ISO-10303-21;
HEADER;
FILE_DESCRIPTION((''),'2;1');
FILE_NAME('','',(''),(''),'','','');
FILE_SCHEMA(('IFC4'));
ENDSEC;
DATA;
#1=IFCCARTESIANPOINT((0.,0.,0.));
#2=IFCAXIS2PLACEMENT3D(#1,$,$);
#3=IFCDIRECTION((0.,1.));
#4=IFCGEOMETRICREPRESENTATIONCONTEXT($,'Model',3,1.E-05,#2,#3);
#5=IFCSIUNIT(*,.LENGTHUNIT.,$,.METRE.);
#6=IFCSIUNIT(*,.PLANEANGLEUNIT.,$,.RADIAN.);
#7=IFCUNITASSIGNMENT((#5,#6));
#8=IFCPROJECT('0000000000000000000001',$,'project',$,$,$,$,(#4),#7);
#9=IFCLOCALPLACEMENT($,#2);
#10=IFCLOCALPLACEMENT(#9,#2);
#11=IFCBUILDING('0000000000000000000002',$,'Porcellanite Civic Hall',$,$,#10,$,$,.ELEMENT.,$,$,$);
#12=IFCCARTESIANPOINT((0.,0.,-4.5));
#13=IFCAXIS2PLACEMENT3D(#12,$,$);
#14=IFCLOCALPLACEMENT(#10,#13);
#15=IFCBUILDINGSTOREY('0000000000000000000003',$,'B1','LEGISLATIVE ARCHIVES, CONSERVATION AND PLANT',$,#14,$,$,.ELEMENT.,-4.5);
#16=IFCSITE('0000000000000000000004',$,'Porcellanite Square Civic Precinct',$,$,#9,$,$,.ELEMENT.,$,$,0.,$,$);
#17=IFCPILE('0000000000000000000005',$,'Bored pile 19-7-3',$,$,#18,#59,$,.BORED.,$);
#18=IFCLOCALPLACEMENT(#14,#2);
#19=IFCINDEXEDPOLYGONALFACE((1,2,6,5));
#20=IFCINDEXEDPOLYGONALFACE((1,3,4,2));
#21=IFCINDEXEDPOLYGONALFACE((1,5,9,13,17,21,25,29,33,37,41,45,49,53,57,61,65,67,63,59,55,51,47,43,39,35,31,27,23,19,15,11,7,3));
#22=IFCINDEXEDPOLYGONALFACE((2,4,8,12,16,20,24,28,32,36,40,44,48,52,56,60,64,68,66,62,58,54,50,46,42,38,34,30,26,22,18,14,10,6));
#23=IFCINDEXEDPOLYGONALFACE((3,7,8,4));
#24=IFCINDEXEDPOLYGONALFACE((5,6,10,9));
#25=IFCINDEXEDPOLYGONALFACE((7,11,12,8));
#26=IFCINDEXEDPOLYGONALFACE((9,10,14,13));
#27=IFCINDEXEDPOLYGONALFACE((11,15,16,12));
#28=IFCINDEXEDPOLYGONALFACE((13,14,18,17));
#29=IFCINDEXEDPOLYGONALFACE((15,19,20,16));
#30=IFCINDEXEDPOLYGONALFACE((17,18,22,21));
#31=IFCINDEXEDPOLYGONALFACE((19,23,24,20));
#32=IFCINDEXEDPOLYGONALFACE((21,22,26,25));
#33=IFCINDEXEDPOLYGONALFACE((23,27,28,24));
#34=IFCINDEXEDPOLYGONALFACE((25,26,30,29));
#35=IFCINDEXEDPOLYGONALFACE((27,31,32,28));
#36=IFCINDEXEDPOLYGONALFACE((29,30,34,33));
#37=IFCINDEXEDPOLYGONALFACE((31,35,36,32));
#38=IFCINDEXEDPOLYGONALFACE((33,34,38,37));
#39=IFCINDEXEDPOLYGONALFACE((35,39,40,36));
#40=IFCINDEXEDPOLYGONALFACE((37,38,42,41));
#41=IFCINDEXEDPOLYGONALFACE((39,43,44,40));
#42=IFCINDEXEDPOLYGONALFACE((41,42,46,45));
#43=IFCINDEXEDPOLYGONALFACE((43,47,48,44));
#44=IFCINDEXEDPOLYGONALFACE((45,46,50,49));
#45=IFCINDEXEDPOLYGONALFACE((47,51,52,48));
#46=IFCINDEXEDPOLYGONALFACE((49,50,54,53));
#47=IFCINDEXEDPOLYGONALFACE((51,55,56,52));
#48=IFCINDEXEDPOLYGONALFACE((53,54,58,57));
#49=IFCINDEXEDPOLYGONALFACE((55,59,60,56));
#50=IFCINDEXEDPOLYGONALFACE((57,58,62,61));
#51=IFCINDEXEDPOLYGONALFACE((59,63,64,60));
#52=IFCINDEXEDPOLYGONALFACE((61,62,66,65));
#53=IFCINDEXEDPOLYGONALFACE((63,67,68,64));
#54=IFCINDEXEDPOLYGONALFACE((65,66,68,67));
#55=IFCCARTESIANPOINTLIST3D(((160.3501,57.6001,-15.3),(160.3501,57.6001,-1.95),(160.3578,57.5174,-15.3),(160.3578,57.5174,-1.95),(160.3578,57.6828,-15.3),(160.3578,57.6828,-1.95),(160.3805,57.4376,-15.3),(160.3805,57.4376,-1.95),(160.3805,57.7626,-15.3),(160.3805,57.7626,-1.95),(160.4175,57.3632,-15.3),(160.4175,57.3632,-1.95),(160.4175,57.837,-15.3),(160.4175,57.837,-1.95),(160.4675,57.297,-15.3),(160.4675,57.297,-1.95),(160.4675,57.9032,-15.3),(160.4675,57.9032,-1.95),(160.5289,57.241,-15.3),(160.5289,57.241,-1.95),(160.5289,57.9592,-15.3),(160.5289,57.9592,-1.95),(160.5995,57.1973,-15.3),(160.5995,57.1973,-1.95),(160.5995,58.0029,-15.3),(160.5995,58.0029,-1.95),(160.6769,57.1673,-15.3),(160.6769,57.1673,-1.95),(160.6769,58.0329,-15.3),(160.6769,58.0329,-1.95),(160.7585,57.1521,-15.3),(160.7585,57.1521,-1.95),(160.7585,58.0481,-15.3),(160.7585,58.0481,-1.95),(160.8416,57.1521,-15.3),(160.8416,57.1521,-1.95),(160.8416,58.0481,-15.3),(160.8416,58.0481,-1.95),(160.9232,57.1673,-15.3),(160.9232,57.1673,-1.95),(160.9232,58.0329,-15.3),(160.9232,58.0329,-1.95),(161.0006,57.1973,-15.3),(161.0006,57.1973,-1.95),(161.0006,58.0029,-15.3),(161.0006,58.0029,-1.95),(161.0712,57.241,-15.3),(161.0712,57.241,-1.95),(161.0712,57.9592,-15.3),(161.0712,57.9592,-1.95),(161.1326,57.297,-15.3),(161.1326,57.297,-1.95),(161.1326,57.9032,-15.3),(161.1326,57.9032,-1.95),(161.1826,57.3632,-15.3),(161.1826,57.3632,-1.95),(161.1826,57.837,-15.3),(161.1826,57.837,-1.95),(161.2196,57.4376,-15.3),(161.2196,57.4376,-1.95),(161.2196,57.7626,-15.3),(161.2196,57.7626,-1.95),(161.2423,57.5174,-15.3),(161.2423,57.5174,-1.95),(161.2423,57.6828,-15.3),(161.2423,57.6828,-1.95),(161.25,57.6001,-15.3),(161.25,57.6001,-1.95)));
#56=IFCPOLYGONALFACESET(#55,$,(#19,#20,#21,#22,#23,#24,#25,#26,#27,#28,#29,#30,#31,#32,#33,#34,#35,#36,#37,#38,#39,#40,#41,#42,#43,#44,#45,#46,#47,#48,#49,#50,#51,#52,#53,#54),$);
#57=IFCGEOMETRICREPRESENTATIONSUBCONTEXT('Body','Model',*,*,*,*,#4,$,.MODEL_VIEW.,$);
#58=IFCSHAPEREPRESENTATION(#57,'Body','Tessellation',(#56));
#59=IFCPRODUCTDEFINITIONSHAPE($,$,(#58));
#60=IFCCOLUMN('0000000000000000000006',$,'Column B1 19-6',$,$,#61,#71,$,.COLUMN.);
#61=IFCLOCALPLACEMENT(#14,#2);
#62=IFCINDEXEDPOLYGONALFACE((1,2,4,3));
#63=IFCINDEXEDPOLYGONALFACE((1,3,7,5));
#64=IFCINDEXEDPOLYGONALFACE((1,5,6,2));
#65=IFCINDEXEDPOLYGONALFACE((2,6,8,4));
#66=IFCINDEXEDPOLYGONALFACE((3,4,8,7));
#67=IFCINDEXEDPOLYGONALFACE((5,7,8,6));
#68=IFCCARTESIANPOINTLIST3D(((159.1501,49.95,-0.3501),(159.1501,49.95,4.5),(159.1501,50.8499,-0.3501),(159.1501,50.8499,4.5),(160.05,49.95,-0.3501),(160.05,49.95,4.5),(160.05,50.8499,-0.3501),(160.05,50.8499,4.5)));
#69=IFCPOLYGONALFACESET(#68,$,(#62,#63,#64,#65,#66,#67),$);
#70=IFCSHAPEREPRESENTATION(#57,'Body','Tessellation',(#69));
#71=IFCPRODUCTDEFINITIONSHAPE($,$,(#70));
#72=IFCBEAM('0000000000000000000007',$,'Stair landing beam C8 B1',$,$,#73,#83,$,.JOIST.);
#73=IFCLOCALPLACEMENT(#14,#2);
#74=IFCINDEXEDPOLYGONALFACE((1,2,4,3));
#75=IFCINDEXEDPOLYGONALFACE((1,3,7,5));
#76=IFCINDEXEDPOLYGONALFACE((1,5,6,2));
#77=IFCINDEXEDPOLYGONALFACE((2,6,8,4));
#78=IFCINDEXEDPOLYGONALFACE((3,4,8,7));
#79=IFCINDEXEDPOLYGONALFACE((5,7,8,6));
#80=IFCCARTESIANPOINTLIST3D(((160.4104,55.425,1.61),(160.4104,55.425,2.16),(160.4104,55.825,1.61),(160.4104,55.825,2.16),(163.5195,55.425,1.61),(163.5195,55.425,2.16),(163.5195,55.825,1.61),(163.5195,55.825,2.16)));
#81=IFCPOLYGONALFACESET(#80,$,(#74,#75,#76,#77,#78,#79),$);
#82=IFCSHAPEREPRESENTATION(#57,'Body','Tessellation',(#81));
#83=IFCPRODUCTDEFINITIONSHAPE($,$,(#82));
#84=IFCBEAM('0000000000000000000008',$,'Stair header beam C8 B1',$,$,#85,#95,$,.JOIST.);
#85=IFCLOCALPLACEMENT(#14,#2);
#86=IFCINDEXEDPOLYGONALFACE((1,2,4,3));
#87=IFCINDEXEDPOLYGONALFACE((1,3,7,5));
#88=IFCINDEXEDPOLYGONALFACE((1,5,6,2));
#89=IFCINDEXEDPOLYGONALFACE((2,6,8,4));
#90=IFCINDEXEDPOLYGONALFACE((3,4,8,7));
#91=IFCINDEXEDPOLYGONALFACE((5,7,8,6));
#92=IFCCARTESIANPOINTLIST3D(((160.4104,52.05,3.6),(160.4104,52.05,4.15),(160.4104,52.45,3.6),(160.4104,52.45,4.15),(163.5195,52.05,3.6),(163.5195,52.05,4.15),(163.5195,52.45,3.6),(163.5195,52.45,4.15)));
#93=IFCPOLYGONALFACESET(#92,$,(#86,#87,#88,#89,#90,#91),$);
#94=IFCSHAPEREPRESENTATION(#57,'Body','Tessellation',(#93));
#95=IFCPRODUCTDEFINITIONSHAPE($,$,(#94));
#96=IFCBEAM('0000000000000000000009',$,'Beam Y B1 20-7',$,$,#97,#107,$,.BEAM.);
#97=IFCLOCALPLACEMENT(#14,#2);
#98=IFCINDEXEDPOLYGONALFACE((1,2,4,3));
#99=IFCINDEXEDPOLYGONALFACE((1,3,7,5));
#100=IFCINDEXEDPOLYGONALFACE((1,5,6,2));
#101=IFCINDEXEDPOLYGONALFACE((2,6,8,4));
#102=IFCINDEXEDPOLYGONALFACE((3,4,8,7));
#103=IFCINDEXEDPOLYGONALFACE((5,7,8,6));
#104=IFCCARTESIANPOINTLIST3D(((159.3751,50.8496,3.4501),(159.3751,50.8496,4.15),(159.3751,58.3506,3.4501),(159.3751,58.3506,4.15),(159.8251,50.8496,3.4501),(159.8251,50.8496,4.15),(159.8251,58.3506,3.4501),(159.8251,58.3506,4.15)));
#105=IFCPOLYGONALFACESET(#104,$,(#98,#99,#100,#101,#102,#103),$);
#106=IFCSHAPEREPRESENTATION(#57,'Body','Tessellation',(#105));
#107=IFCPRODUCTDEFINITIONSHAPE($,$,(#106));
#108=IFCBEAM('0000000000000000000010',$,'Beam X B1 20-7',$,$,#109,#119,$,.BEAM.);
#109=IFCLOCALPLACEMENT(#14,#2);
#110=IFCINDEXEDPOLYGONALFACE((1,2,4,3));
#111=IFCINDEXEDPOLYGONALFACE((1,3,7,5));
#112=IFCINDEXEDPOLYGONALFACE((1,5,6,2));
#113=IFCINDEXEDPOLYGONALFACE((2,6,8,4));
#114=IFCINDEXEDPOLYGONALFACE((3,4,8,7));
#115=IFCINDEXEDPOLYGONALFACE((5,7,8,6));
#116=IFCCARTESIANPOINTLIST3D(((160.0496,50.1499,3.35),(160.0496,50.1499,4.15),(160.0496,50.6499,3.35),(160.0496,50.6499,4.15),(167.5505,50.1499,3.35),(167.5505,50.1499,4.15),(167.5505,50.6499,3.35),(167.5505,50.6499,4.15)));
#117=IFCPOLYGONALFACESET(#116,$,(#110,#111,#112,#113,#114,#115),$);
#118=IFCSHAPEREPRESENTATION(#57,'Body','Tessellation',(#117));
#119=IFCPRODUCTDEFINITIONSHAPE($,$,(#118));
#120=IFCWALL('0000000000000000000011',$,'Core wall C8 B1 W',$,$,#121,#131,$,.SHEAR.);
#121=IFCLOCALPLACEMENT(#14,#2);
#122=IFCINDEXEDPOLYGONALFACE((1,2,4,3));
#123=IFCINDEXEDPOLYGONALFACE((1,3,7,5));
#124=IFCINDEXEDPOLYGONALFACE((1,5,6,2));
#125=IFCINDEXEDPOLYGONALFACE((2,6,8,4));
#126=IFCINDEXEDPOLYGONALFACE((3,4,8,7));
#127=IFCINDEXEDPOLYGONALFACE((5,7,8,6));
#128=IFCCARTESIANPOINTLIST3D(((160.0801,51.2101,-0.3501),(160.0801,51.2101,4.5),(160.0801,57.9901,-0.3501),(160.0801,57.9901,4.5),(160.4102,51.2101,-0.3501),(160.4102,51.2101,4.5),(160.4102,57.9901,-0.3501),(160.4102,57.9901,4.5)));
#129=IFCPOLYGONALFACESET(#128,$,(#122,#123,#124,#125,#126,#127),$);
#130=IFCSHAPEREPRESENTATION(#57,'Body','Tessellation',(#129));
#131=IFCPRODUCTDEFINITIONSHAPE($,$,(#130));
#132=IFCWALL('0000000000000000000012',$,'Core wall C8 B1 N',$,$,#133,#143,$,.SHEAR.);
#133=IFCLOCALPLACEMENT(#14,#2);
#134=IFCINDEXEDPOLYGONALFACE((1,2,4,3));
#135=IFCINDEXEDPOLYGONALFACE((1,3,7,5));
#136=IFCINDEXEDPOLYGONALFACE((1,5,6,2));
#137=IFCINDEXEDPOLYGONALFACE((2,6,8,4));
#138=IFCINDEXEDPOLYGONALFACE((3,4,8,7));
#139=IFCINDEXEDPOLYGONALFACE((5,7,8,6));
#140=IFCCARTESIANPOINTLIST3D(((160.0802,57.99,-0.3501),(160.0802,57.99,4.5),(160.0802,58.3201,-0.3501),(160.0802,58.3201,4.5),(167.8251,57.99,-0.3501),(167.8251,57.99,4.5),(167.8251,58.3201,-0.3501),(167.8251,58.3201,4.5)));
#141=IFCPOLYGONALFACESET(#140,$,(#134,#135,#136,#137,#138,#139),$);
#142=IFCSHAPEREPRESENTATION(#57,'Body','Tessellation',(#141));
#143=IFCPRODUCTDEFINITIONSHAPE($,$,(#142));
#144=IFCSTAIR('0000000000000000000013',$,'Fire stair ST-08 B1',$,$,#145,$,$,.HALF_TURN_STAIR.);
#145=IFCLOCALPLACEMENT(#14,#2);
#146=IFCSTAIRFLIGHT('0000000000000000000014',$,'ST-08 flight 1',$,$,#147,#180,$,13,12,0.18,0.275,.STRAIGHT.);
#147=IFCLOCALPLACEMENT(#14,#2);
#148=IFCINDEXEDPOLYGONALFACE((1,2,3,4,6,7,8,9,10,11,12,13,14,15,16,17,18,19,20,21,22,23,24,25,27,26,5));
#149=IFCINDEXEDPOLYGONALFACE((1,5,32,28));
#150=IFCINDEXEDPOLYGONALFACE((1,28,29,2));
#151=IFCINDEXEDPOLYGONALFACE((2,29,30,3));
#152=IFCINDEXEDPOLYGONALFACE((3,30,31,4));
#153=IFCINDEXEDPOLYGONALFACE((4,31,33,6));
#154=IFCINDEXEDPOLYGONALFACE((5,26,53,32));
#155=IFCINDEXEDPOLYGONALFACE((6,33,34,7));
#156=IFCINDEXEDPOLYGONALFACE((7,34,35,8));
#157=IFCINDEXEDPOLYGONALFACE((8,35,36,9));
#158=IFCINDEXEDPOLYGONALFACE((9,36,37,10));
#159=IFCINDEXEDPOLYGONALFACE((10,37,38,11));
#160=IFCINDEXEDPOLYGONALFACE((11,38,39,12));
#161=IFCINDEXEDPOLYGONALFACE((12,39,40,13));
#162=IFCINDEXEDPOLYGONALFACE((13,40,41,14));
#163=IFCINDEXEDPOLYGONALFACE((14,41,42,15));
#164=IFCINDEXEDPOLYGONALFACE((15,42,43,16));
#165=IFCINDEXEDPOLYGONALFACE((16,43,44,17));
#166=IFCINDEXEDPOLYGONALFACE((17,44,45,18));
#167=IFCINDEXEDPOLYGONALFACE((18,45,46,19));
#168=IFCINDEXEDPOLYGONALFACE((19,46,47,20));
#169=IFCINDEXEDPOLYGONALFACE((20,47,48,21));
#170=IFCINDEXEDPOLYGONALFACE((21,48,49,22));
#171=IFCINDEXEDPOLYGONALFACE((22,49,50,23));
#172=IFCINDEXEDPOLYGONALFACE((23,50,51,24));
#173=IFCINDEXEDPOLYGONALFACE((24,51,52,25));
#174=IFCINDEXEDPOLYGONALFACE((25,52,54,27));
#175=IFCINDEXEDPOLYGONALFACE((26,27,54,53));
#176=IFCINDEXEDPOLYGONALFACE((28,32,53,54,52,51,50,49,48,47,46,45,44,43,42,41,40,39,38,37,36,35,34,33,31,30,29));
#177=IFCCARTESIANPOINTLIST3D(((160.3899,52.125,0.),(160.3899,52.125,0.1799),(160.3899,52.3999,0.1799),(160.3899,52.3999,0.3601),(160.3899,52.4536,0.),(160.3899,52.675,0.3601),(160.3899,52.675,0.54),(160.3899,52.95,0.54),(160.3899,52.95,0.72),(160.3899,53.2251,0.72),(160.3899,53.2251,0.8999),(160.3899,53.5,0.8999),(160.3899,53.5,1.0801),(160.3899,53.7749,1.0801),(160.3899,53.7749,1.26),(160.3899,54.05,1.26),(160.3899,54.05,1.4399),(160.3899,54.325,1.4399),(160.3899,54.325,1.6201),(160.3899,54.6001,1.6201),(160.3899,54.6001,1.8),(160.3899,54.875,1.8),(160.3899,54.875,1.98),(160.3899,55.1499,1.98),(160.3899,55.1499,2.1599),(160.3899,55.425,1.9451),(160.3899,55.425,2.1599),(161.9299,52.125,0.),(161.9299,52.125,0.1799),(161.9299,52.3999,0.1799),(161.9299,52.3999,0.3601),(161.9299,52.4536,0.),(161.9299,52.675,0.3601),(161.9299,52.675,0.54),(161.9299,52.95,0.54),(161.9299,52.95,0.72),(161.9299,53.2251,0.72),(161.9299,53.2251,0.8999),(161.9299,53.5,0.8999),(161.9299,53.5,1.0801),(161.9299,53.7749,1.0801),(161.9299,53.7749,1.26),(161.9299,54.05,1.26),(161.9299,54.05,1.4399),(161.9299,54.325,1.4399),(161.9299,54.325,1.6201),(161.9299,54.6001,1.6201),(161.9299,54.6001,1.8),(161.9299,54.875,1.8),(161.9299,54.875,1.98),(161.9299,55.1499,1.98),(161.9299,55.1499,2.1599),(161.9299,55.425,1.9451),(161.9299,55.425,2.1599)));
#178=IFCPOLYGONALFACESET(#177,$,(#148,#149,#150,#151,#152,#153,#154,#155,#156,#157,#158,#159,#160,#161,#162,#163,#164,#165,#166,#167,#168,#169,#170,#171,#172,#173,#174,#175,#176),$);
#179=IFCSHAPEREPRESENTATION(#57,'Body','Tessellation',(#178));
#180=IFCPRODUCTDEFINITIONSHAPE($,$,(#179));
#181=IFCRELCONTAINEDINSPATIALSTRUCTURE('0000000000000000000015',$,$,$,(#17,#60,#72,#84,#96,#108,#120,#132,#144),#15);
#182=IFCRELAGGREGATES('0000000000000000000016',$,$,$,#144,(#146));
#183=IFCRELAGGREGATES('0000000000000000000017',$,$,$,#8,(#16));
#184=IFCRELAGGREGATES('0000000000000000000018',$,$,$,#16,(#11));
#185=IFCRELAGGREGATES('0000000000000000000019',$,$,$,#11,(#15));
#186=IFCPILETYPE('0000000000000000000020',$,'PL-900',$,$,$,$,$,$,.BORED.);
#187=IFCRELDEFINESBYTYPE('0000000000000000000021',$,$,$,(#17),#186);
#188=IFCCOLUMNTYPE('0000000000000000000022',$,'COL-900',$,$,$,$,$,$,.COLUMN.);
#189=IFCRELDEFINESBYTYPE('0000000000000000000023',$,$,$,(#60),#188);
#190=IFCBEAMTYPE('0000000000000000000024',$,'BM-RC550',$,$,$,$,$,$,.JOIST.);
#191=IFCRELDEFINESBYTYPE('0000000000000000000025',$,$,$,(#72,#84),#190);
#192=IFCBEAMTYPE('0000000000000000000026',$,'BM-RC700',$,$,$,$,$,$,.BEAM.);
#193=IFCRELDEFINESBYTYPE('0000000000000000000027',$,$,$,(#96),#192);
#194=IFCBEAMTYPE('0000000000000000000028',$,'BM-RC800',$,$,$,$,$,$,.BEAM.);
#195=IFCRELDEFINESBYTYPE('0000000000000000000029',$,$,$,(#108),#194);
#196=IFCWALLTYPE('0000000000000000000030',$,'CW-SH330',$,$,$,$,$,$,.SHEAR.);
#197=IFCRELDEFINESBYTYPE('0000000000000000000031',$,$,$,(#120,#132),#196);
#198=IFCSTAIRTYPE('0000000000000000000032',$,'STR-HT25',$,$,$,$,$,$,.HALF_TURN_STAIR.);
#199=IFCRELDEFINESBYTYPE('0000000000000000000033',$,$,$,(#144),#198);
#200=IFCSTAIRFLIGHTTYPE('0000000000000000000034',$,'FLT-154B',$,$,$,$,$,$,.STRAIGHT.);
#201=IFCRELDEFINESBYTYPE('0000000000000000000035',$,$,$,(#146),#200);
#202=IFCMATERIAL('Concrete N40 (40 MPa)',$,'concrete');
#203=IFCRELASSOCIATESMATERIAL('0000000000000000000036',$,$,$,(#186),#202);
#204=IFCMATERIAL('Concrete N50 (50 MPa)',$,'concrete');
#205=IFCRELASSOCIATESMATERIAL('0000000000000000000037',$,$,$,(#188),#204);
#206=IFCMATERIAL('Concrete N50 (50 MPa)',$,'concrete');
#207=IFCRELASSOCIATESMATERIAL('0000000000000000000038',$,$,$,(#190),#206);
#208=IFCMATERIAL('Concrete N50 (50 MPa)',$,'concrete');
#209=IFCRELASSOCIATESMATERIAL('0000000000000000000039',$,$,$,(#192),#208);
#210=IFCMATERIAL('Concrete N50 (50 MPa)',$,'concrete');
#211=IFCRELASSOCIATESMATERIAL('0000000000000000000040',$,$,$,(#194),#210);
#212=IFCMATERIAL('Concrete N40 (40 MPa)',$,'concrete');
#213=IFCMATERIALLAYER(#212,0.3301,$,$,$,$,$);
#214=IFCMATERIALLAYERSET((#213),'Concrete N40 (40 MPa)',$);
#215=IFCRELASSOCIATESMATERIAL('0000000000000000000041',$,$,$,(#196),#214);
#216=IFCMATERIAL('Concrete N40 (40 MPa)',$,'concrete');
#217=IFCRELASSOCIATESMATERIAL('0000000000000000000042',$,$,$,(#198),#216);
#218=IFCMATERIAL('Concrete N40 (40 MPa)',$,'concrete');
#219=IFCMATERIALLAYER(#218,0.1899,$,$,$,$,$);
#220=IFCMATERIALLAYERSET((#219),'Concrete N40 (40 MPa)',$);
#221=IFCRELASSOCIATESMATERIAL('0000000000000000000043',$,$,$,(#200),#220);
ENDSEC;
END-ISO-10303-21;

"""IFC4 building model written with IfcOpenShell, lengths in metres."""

from ifc_helpers import new_model, si_unit, direction, frame, frame_2d, origin, origin_2d, place, context, subcontext, project, spatial, polyline, rectangle, circle, outline, extrude, material, layer, layer_set, material_profile, profile_set, type_object, element, aggregate, save


model = new_model("IFC4")

# Units and contexts
model_context = context("Model", 3, precision=1e-05, world=origin(), true_north=direction((0.0, 1.0)))
body_context = subcontext(model_context, "Body", "Model", "MODEL_VIEW")
ifc_project = project(units=[si_unit("LENGTHUNIT", "METRE"), si_unit("PLANEANGLEUNIT", "RADIAN")], contexts=[model_context])

# Site, building, storey
site_placement = place(None, origin())
site = spatial("IfcSite", under=ifc_project, at=site_placement, Name="Porcellanite Square Civic Precinct", CompositionType="ELEMENT", RefElevation=0.0)
building_placement = place(site_placement, origin())
building = spatial("IfcBuilding", under=site, at=building_placement, Name="Porcellanite Civic Hall", CompositionType="ELEMENT")
storey_placement = place(building_placement, frame((0.0, 0.0, -4.5)))
storey = spatial("IfcBuildingStorey", under=building, at=storey_placement, Name="B1", Description="LEGISLATIVE ARCHIVES, CONSERVATION AND PLANT", CompositionType="ELEMENT", Elevation=-4.5)

# Pile
ifc_material_1 = material(Name="Concrete N40 (40 MPa)", Category="concrete")
ifc_material_profile_1 = material_profile(ifc_material_1, circle(Radius=0.45, at=origin_2d()), Name="PILE-D900")
ifc_profile_set_1 = profile_set([ifc_material_profile_1], Name="Concrete N40 (40 MPa)")
pile_type = type_object("IfcPileType", Name="PL-900", PredefinedType="BORED", material=ifc_profile_set_1)
for number, where, z_axis, x_axis, name in (
    (1, (160.8, 57.6001, -1.95), (0.0, 0.0, -1.0), (1.0, 0.0, 0.0), "Bored pile 19-7-3"),
):
    element("IfcPile", number, at=place(storey_placement, frame(where, z_axis=z_axis, x_axis=x_axis)), inside=storey, type_object=pile_type, Name=name, PredefinedType="BORED", context=body_context, shape_type="SweptSolid", body=[
        extrude(circle(Radius=0.45, at=origin_2d()), origin(), (0.0, 0.0, 1.0), 13.3501),
    ])

# Column
ifc_material_2 = material(Name="Concrete N50 (50 MPa)", Category="concrete")
ifc_material_profile_2 = material_profile(ifc_material_2, rectangle(XDim=0.8999, YDim=0.8999, at=origin_2d()), Name="RC-900x900")
ifc_profile_set_2 = profile_set([ifc_material_profile_2], Name="Concrete N50 (50 MPa)")
column_type = type_object("IfcColumnType", Name="COL-900", PredefinedType="COLUMN", material=ifc_profile_set_2)
column_placement = place(storey_placement, frame((159.6001, 50.3999, -0.3501), z_axis=(0.0, 0.0, 1.0), x_axis=(1.0, 0.0, 0.0)))
element("IfcColumn", 2, at=column_placement, inside=storey, type_object=column_type, Name="Column B1 19-6", PredefinedType="COLUMN", context=body_context, shape_type="SweptSolid", body=[
    extrude(rectangle(XDim=0.8999, YDim=0.8999, at=origin_2d()), origin(), (0.0, 0.0, 1.0), 4.8501),
])

# Beams
ifc_material_3 = material(Name="Concrete N50 (50 MPa)", Category="concrete")
ifc_material_profile_3 = material_profile(ifc_material_3, rectangle(XDim=0.3999, YDim=0.55, at=origin_2d()), Name="RC-400x550")
ifc_profile_set_3 = profile_set([ifc_material_profile_3], Name="Concrete N50 (50 MPa)")
beam_type_1 = type_object("IfcBeamType", Name="BM-RC550", PredefinedType="JOIST", material=ifc_profile_set_3)
for number, where, z_axis, x_axis, name in (
    (3, (160.4104, 55.625, 1.885), (1.0, 0.0, 0.0), (0.0, 1.0, 0.0), "Stair landing beam C8 B1"),
    (4, (160.4104, 52.25, 3.875), (1.0, 0.0, 0.0), (0.0, 1.0, 0.0), "Stair header beam C8 B1"),
):
    element("IfcBeam", number, at=place(storey_placement, frame(where, z_axis=z_axis, x_axis=x_axis)), inside=storey, type_object=beam_type_1, Name=name, PredefinedType="JOIST", context=body_context, shape_type="SweptSolid", body=[
        extrude(rectangle(XDim=0.3999, YDim=0.55, at=origin_2d()), origin(), (0.0, 0.0, 1.0), 3.1091),
    ])
ifc_material_4 = material(Name="Concrete N50 (50 MPa)", Category="concrete")
ifc_material_profile_4 = material_profile(ifc_material_4, rectangle(XDim=0.45, YDim=0.7, at=origin_2d()), Name="RC-450x700")
ifc_profile_set_4 = profile_set([ifc_material_profile_4], Name="Concrete N50 (50 MPa)")
beam_type_2 = type_object("IfcBeamType", Name="BM-RC700", PredefinedType="BEAM", material=ifc_profile_set_4)
beam_1_placement = place(storey_placement, frame((159.6001, 50.8496, 3.8), z_axis=(0.0, 1.0, 0.0), x_axis=(-1.0, 0.0, 0.0)))
element("IfcBeam", 5, at=beam_1_placement, inside=storey, type_object=beam_type_2, Name="Beam Y B1 20-7", PredefinedType="BEAM", context=body_context, shape_type="SweptSolid", body=[
    extrude(rectangle(XDim=0.45, YDim=0.7, at=origin_2d()), origin(), (0.0, 0.0, 1.0), 7.501),
])
ifc_material_5 = material(Name="Concrete N50 (50 MPa)", Category="concrete")
ifc_material_profile_5 = material_profile(ifc_material_5, rectangle(XDim=0.5, YDim=0.8, at=origin_2d()), Name="RC-500x800")
ifc_profile_set_5 = profile_set([ifc_material_profile_5], Name="Concrete N50 (50 MPa)")
beam_type_3 = type_object("IfcBeamType", Name="BM-RC800", PredefinedType="BEAM", material=ifc_profile_set_5)
beam_2_placement = place(storey_placement, frame((160.0496, 50.3999, 3.75), z_axis=(1.0, 0.0, 0.0), x_axis=(0.0, 1.0, 0.0)))
element("IfcBeam", 6, at=beam_2_placement, inside=storey, type_object=beam_type_3, Name="Beam X B1 20-7", PredefinedType="BEAM", context=body_context, shape_type="SweptSolid", body=[
    extrude(rectangle(XDim=0.5, YDim=0.8, at=origin_2d()), origin(), (0.0, 0.0, 1.0), 7.501),
])

# Walls
ifc_material_6 = material(Name="Concrete N40 (40 MPa)", Category="concrete")
ifc_layer_1 = layer(ifc_material_6, 0.3301)
ifc_layer_set_1 = layer_set([ifc_layer_1], Name="Concrete N40 (40 MPa)")
wall_type = type_object("IfcWallType", Name="CW-SH330", PredefinedType="SHEAR", material=ifc_layer_set_1)
wall_1_placement = place(storey_placement, frame((160.2451, 51.21, -0.3501), z_axis=(0.0, 0.0, 1.0), x_axis=(0.0, 1.0, 0.0)))
element("IfcWall", 7, at=wall_1_placement, inside=storey, type_object=wall_type, Name="Core wall C8 B1 W", PredefinedType="SHEAR", context=body_context, shape_type="SweptSolid", body=[
    extrude(rectangle(XDim=6.78, YDim=0.3301, at=frame_2d((3.3901, 0.0))), origin(), (0.0, 0.0, 1.0), 4.8501),
])
wall_2_placement = place(storey_placement, frame((160.0801, 58.155, -0.3501), z_axis=(0.0, 0.0, 1.0), x_axis=(1.0, 0.0, 0.0)))
element("IfcWall", 8, at=wall_2_placement, inside=storey, type_object=wall_type, Name="Core wall C8 B1 N", PredefinedType="SHEAR", context=body_context, shape_type="SweptSolid", body=[
    extrude(rectangle(XDim=7.7449, YDim=0.3301, at=frame_2d((3.8726, 0.0))), origin(), (0.0, 0.0, 1.0), 4.8501),
])

# Stair, stair flight
ifc_material_7 = material(Name="Concrete N40 (40 MPa)", Category="concrete")
stair_type = type_object("IfcStairType", Name="STR-HT25", PredefinedType="HALF_TURN_STAIR", material=ifc_material_7)
stair_placement = place(storey_placement, origin())
stair = element("IfcStair", 9, at=stair_placement, inside=storey, type_object=stair_type, Name="Fire stair ST-08 B1", PredefinedType="HALF_TURN_STAIR")
ifc_material_8 = material(Name="Concrete N40 (40 MPa)", Category="concrete")
ifc_layer_2 = layer(ifc_material_8, 0.1899)
ifc_layer_set_2 = layer_set([ifc_layer_2], Name="Concrete N40 (40 MPa)")
stair_flight_type = type_object("IfcStairFlightType", Name="FLT-154B", PredefinedType="STRAIGHT", material=ifc_layer_set_2)
stair_flight_placement = place(storey_placement, frame((161.1599, 52.125, 0.0), z_axis=(0.0, 0.0, 1.0), x_axis=(0.0, 1.0, 0.0)))
stair_flight = element("IfcStairFlight", 10, at=stair_flight_placement, type_object=stair_flight_type, Name="ST-08 flight 1", NumberOfRisers=13, NumberOfTreads=12, PredefinedType="STRAIGHT", RiserHeight=0.18, TreadLength=0.275, context=body_context, shape_type="SweptSolid", body=[
    extrude(outline(polyline([(0.0, 0.0), (0.0, 0.1799), (0.2749, 0.1799), (0.2749, 0.3601), (0.55, 0.3601), (0.55, 0.54), (0.825, 0.54), (0.825, 0.72), (1.1001, 0.72), (1.1001, 0.8999), (1.375, 0.8999), (1.375, 1.0801), (1.6499, 1.0801), (1.6499, 1.26), (1.925, 1.26), (1.925, 1.4399), (2.2, 1.4399), (2.2, 1.6201), (2.4751, 1.6201), (2.4751, 1.8), (2.75, 1.8), (2.75, 1.98), (3.0249, 1.98), (3.0249, 2.1599), (3.3, 2.1599), (3.3, 2.3401), (3.3, 1.9451), (0.3286, 0.0), (0.0, 0.0)])), frame((0.0, 0.77, 0.0), z_axis=(0.0, -1.0, 0.0), x_axis=(1.0, 0.0, 0.0)), (0.0, 0.0, 1.0), 1.54),
])
aggregate(stair, [stair_flight])

save(model, "model.ifc")
